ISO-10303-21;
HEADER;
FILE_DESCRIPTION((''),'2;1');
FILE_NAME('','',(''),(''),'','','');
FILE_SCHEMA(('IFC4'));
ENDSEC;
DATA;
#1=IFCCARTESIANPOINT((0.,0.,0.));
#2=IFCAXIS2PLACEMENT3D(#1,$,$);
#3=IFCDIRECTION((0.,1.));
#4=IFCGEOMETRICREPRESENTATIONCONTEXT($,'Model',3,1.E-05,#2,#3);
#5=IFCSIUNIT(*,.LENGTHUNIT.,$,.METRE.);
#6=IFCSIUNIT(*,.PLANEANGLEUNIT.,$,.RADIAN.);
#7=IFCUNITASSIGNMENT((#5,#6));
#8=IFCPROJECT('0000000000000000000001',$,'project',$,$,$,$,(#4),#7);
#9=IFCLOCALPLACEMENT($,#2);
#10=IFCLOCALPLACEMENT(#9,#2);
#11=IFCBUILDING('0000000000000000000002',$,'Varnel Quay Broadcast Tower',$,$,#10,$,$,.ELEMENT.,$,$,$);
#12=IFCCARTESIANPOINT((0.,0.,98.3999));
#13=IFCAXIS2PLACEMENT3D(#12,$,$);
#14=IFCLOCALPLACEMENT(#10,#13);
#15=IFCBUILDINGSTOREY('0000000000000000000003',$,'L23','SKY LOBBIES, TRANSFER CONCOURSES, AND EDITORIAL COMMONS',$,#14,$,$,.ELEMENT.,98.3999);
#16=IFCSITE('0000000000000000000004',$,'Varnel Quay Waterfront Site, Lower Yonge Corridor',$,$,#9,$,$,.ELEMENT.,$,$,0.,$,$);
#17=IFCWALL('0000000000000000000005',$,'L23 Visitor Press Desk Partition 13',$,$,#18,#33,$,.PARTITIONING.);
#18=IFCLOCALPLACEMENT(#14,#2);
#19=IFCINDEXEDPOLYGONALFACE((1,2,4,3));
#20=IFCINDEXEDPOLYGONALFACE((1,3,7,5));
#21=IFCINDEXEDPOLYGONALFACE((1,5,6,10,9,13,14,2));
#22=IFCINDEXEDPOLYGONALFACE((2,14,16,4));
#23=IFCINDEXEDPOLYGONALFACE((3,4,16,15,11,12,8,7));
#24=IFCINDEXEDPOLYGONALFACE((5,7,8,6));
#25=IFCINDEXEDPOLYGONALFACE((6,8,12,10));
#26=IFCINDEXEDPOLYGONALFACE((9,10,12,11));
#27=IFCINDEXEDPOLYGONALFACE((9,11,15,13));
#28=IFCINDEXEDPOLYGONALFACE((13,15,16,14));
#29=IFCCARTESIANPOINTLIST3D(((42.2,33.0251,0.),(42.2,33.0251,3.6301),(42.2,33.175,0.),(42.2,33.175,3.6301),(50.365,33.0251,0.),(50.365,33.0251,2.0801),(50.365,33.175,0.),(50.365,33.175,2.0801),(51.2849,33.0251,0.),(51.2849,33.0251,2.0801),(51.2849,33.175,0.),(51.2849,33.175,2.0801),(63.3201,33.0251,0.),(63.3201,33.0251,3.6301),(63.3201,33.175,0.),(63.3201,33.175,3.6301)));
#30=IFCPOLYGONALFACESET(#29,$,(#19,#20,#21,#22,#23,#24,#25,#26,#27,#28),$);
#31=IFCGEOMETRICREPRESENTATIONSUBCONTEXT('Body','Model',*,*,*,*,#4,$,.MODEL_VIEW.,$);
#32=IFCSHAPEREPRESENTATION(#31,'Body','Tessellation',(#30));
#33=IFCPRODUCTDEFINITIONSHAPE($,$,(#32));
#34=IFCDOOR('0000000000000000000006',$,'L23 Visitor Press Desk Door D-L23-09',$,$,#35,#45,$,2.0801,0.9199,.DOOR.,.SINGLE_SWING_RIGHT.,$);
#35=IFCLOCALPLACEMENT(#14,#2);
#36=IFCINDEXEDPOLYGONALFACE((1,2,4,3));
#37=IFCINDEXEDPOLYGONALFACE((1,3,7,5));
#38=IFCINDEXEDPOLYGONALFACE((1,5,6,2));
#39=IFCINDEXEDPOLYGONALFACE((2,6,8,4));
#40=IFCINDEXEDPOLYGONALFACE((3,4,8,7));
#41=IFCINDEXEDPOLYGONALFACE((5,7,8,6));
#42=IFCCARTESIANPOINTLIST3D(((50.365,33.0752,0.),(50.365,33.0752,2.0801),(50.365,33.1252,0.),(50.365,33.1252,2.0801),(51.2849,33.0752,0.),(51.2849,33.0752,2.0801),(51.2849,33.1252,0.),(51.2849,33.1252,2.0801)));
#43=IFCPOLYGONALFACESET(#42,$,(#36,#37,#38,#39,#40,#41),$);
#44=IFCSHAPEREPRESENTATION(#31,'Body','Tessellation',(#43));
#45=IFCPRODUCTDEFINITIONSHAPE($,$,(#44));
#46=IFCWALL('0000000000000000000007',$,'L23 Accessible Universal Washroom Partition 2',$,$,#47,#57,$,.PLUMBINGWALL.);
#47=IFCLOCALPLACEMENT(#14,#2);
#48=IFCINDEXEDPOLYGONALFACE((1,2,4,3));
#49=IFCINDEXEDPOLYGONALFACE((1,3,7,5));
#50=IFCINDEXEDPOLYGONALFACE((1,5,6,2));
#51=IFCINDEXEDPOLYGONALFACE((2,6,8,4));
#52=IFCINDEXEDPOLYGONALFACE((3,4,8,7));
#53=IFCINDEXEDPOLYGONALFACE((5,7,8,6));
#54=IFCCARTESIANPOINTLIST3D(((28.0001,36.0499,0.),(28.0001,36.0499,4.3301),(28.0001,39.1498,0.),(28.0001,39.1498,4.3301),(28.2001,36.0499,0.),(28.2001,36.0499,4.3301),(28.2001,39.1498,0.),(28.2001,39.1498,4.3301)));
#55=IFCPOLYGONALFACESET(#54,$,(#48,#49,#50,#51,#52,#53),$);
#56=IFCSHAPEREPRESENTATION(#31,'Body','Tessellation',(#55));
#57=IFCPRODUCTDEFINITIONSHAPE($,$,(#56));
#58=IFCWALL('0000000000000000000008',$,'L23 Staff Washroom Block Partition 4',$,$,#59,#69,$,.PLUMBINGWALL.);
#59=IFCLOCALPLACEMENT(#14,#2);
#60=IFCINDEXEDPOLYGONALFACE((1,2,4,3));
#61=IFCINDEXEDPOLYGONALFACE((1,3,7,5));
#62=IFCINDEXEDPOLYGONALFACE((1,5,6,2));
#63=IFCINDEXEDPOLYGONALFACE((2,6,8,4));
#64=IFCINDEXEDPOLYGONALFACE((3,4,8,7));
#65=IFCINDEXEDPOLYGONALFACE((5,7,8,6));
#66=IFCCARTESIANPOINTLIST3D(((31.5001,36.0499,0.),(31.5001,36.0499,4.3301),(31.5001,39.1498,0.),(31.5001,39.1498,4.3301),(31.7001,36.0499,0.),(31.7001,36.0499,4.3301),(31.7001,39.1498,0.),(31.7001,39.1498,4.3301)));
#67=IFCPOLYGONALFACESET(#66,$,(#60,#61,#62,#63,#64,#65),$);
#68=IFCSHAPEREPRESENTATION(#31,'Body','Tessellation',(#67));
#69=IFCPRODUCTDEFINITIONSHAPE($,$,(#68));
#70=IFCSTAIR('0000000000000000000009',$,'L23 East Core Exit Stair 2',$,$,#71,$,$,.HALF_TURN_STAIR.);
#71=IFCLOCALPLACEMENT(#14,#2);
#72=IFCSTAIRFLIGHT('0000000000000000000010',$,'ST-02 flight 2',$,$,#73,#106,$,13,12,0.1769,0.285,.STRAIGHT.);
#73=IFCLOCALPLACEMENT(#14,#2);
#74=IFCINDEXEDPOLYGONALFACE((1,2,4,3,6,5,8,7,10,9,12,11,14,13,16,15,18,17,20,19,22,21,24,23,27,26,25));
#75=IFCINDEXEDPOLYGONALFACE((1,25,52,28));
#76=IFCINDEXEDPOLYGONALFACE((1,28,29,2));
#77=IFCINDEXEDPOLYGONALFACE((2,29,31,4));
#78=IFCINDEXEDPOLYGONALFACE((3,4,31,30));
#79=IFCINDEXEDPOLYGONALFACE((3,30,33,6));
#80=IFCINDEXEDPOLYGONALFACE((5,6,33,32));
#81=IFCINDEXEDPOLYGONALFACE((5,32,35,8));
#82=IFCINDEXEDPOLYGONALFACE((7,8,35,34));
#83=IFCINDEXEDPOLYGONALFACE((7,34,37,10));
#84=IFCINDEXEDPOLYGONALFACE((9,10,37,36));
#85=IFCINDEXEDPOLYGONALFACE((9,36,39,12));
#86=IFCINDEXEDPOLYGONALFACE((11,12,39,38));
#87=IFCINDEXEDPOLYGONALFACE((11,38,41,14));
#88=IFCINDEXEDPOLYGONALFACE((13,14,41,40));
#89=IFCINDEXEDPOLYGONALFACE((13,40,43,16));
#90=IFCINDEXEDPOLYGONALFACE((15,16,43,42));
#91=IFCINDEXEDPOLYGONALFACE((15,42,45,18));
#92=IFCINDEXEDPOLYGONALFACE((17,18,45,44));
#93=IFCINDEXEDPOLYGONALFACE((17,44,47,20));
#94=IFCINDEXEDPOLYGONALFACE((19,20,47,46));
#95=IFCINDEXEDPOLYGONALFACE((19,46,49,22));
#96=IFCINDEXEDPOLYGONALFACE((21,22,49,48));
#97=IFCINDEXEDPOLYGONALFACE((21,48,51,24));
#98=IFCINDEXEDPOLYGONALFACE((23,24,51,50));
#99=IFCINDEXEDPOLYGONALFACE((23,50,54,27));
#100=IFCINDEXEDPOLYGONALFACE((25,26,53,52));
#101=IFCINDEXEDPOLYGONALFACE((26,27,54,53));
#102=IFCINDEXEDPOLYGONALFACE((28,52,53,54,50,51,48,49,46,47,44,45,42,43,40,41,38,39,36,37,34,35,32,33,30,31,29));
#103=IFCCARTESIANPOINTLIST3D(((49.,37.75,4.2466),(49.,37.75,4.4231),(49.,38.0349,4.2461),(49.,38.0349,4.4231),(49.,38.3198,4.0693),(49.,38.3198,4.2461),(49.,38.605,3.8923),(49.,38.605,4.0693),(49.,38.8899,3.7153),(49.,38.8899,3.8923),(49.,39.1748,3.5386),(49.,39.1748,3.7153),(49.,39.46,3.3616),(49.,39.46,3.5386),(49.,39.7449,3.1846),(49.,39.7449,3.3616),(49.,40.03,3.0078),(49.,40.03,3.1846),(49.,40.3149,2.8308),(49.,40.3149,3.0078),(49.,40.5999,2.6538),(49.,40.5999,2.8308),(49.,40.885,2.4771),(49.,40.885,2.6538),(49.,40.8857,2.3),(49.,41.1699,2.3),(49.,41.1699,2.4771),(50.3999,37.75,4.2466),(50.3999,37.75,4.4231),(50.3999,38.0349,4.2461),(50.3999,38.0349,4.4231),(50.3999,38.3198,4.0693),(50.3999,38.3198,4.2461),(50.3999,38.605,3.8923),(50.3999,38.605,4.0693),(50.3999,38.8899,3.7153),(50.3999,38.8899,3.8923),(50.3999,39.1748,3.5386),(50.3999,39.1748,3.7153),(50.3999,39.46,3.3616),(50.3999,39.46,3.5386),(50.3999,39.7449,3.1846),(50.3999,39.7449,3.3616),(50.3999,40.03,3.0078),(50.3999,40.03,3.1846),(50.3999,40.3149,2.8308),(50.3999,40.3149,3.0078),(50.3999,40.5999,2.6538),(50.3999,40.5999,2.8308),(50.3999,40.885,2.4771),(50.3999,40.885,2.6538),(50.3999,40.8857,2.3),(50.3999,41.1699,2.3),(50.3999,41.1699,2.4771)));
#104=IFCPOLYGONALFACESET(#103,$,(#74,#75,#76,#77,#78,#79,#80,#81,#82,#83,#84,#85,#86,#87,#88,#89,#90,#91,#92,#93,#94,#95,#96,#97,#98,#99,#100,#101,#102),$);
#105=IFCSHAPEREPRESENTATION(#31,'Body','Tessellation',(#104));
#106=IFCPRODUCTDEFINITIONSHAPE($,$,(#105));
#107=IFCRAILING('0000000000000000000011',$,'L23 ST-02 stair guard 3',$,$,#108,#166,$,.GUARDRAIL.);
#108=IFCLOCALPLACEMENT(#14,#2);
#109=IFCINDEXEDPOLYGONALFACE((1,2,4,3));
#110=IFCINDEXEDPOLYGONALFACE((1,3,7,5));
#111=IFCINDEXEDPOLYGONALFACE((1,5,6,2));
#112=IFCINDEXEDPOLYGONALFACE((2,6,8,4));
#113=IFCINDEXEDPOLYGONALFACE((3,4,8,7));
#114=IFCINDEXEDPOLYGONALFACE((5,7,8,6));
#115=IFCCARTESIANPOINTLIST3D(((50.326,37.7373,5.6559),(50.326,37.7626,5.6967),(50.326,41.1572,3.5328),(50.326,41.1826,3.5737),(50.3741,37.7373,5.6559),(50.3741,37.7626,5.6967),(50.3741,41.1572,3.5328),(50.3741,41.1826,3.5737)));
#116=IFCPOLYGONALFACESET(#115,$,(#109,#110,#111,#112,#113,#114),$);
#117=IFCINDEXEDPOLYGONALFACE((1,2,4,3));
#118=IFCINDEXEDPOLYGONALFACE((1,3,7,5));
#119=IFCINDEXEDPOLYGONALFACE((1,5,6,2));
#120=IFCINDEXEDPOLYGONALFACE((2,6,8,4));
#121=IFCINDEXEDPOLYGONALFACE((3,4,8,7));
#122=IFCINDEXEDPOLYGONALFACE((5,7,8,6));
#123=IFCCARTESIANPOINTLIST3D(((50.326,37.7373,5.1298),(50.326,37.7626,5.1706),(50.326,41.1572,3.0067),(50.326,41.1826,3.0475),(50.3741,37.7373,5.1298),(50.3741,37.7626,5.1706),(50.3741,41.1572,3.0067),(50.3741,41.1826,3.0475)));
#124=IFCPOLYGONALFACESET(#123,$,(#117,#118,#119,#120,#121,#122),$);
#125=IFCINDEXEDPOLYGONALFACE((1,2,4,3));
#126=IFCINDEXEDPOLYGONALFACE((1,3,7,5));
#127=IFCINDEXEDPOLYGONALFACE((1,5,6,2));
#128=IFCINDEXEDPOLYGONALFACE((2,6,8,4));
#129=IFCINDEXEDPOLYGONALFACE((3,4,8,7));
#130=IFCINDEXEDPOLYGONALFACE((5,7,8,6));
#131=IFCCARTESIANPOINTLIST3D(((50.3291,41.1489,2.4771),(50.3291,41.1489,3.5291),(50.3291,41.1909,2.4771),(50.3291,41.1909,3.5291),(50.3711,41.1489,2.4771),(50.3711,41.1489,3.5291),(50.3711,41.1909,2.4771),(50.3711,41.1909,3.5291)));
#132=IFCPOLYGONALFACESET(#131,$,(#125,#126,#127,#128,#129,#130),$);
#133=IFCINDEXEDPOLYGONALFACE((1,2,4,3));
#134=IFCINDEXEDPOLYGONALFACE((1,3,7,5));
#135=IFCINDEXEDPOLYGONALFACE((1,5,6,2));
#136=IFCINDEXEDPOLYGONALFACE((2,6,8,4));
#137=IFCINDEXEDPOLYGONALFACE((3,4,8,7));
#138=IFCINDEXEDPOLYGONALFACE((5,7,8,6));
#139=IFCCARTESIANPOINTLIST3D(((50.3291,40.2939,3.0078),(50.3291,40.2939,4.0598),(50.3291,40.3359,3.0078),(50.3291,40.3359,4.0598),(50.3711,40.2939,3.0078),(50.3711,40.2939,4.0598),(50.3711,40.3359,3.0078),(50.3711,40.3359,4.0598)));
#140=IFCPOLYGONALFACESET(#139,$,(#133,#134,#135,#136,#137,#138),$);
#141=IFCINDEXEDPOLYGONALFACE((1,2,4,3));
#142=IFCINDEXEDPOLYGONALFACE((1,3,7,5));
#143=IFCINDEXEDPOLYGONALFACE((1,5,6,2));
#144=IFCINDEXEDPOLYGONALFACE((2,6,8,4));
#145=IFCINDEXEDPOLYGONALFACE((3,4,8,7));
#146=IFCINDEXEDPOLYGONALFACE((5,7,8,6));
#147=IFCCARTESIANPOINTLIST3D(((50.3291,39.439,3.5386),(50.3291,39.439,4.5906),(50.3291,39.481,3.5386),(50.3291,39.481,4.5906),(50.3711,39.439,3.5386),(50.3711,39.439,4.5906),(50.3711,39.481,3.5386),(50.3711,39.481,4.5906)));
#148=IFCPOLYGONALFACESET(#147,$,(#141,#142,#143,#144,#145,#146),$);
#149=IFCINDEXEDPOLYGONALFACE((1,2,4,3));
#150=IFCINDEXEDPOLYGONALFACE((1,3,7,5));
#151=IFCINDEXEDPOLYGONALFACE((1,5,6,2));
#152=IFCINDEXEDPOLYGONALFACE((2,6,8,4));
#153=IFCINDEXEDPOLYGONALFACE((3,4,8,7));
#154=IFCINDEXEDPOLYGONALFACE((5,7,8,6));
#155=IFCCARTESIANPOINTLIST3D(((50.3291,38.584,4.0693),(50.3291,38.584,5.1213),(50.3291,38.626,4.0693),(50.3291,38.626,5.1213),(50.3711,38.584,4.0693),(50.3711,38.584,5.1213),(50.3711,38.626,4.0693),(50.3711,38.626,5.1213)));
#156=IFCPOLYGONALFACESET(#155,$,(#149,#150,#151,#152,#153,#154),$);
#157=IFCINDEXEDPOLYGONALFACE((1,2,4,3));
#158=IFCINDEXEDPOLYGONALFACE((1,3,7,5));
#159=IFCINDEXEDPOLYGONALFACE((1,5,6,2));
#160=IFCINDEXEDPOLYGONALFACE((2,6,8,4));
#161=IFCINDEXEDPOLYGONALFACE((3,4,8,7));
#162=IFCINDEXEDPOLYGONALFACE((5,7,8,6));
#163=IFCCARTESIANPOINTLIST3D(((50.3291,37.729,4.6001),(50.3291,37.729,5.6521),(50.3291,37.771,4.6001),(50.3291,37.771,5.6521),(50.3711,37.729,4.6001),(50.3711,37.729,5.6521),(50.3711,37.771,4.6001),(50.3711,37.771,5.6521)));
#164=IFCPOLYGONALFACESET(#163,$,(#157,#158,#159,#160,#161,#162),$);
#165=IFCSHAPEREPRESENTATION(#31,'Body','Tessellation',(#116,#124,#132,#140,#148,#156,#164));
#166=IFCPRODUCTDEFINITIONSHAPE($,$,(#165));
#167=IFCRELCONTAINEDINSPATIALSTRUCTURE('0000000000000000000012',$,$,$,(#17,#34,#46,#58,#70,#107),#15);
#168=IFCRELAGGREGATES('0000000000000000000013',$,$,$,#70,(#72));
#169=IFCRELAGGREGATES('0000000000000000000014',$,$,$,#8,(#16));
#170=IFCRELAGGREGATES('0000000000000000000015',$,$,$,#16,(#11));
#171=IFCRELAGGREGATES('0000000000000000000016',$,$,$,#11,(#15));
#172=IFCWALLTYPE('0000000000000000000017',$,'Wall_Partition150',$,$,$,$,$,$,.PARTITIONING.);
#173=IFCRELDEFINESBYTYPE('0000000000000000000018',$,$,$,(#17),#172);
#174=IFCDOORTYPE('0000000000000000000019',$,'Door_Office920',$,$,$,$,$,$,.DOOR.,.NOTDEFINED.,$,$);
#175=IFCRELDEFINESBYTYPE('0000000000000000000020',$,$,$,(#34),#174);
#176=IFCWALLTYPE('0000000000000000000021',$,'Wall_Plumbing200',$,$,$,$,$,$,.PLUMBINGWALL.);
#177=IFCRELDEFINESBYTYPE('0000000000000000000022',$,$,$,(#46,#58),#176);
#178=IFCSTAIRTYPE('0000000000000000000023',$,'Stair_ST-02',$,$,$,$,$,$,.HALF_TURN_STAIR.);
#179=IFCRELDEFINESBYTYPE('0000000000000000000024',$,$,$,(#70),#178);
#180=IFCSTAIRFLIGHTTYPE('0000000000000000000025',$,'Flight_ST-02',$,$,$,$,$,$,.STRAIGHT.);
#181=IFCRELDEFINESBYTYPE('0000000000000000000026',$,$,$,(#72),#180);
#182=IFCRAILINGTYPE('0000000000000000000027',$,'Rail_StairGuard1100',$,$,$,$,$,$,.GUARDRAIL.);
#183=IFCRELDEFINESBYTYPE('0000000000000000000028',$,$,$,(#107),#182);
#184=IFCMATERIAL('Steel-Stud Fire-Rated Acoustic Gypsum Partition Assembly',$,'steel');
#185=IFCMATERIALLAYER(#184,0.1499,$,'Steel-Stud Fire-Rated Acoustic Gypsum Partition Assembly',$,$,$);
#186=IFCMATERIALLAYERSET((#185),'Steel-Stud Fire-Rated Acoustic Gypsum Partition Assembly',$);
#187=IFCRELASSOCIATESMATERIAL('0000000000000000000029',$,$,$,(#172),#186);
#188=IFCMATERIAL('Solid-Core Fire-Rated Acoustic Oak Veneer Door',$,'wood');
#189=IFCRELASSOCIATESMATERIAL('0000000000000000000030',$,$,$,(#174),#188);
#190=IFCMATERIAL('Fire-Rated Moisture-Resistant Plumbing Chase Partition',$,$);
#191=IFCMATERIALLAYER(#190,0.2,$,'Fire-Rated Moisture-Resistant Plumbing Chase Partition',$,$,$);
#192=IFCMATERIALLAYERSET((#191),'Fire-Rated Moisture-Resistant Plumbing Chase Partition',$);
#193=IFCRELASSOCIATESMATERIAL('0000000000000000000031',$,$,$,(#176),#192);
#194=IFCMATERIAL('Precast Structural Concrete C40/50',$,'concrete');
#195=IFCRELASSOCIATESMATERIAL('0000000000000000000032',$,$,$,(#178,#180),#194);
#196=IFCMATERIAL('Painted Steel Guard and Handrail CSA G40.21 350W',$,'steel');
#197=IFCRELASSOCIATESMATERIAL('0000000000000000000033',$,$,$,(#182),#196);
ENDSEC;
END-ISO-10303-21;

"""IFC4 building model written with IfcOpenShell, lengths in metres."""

from ifc_helpers import new_model, si_unit, direction, frame, frame_2d, origin, origin_2d, place, context, subcontext, project, spatial, polyline, rectangle, outline, extrude, source, transform, mapped, material, layer, layer_set, type_object, type_shapes, element, fill, aggregate, save


model = new_model("IFC4")

# Units and contexts
model_context = context("Model", 3, precision=1e-05, world=origin(), true_north=direction((0.0, 1.0)))
body_context = subcontext(model_context, "Body", "Model", "MODEL_VIEW")
ifc_project = project(units=[si_unit("LENGTHUNIT", "METRE"), si_unit("PLANEANGLEUNIT", "RADIAN")], contexts=[model_context])

# Site, building, storey
site_placement = place(None, origin())
site = spatial("IfcSite", under=ifc_project, at=site_placement, Name="Varnel Quay Waterfront Site, Lower Yonge Corridor", CompositionType="ELEMENT", RefElevation=0.0)
building_placement = place(site_placement, origin())
building = spatial("IfcBuilding", under=site, at=building_placement, Name="Varnel Quay Broadcast Tower", CompositionType="ELEMENT")
storey_placement = place(building_placement, frame((0.0, 0.0, 98.3999)))
storey = spatial("IfcBuildingStorey", under=building, at=storey_placement, Name="L23", Description="SKY LOBBIES, TRANSFER CONCOURSES, AND EDITORIAL COMMONS", CompositionType="ELEMENT", Elevation=98.3999)

# Wall, opening, door
ifc_material_1 = material(Name="Steel-Stud Fire-Rated Acoustic Gypsum Partition Assembly", Category="steel")
ifc_layer_1 = layer(ifc_material_1, 0.1499, Name="Steel-Stud Fire-Rated Acoustic Gypsum Partition Assembly")
ifc_layer_set_1 = layer_set([ifc_layer_1], Name="Steel-Stud Fire-Rated Acoustic Gypsum Partition Assembly")
wall_type_1 = type_object("IfcWallType", Name="Wall_Partition150", PredefinedType="PARTITIONING", material=ifc_layer_set_1)
wall_1_placement = place(storey_placement, frame((42.2, 33.1001, 0.0), z_axis=(0.0, 0.0, 1.0), x_axis=(1.0, 0.0, 0.0)))
wall_1 = element("IfcWall", 1, at=wall_1_placement, inside=storey, type_object=wall_type_1, Name="L23 Visitor Press Desk Partition 13", PredefinedType="PARTITIONING", context=body_context, shape_type="SweptSolid", body=[
    extrude(rectangle(XDim=21.1201, YDim=0.1499, at=frame_2d((10.5601, 0.0))), origin(), (0.0, 0.0, 1.0), 3.6301),
])
opening_1_placement = place(wall_1_placement, frame((8.165, 0.0, 0.0)))
opening_1 = element("IfcOpeningElement", 2, at=opening_1_placement, cuts=wall_1, PredefinedType="OPENING", context=body_context, shape_type="SweptSolid", body=[
    extrude(rectangle(XDim=0.9199, YDim=2.0801, at=frame_2d((0.46, 1.04))), frame((0.0, 0.085, 0.0), z_axis=(0.0, -1.0, 0.0), x_axis=(1.0, 0.0, 0.0)), (0.0, 0.0, 1.0), 0.1699),
])
ifc_material_2 = material(Name="Solid-Core Fire-Rated Acoustic Oak Veneer Door", Category="wood")
door_type_1 = type_object("IfcDoorType", Name="Door_Office920", OperationType="NOTDEFINED", PredefinedType="DOOR", material=ifc_material_2)
shared_shape_1 = source(origin(), body_context, "Body", "SweptSolid", [
    extrude(rectangle(XDim=0.9199, YDim=2.0801, at=frame_2d((0.46, 1.04))), frame((0.0, 0.0249, 0.0), z_axis=(0.0, -1.0, 0.0), x_axis=(1.0, 0.0, 0.0)), (0.0, 0.0, 1.0), 0.05),
])
type_shapes(door_type_1, [shared_shape_1])
door_1_placement = place(opening_1_placement, frame((0.9199, 0.0, 0.0), z_axis=(0.0, 0.0, 1.0), x_axis=(-1.0, 0.0, 0.0)))
door_1 = element("IfcDoor", 3, at=door_1_placement, inside=storey, type_object=door_type_1, Name="L23 Visitor Press Desk Door D-L23-09", OperationType="SINGLE_SWING_RIGHT", OverallHeight=2.0801, OverallWidth=0.9199, PredefinedType="DOOR", context=body_context, shape_type="MappedRepresentation", body=[
    mapped(shared_shape_1, transform((0.0, 0.0, 0.0), x_axis=(1.0, 0.0, 0.0), y_axis=(0.0, 1.0, 0.0), z_axis=(0.0, 0.0, 1.0), scale=1.0)),
])
fill(opening_1, door_1)

# Walls
ifc_material_3 = material(Name="Fire-Rated Moisture-Resistant Plumbing Chase Partition")
ifc_layer_2 = layer(ifc_material_3, 0.2, Name="Fire-Rated Moisture-Resistant Plumbing Chase Partition")
ifc_layer_set_2 = layer_set([ifc_layer_2], Name="Fire-Rated Moisture-Resistant Plumbing Chase Partition")
wall_type_2 = type_object("IfcWallType", Name="Wall_Plumbing200", PredefinedType="PLUMBINGWALL", material=ifc_layer_set_2)
for number, where, z_axis, x_axis, name in (
    (4, (28.1001, 36.05, 0.0), (0.0, 0.0, 1.0), (0.0, 1.0, 0.0), "L23 Accessible Universal Washroom Partition 2"),
    (5, (31.6001, 36.05, 0.0), (0.0, 0.0, 1.0), (0.0, 1.0, 0.0), "L23 Staff Washroom Block Partition 4"),
):
    element("IfcWall", number, at=place(storey_placement, frame(where, z_axis=z_axis, x_axis=x_axis)), inside=storey, type_object=wall_type_2, Name=name, PredefinedType="PLUMBINGWALL", context=body_context, shape_type="SweptSolid", body=[
        extrude(rectangle(XDim=3.0999, YDim=0.2, at=frame_2d((1.5498, 0.0))), origin(), (0.0, 0.0, 1.0), 4.3301),
    ])

# Stair, stair flight
ifc_material_4 = material(Name="Precast Structural Concrete C40/50", Category="concrete")
stair_type = type_object("IfcStairType", Name="Stair_ST-02", PredefinedType="HALF_TURN_STAIR", material=ifc_material_4)
stair_placement = place(storey_placement, origin())
stair = element("IfcStair", 6, at=stair_placement, inside=storey, type_object=stair_type, Name="L23 East Core Exit Stair 2", PredefinedType="HALF_TURN_STAIR")
stair_flight_type = type_object("IfcStairFlightType", Name="Flight_ST-02", PredefinedType="STRAIGHT", material=ifc_material_4)
stair_flight_placement = place(storey_placement, frame((49.7, 41.1699, 2.3), z_axis=(0.0, 0.0, 1.0), x_axis=(0.0, -1.0, 0.0)))
stair_flight = element("IfcStairFlight", 7, at=stair_flight_placement, type_object=stair_flight_type, Name="ST-02 flight 2", NumberOfRisers=13, NumberOfTreads=12, PredefinedType="STRAIGHT", RiserHeight=0.1769, TreadLength=0.285, context=body_context, shape_type="SweptSolid", body=[
    extrude(outline(polyline([(0.0, 0.0), (0.0, 0.177), (0.2849, 0.177), (0.2849, 0.3538), (0.5701, 0.3538), (0.5701, 0.5308), (0.855, 0.5308), (0.855, 0.7078), (1.1399, 0.7078), (1.1399, 0.8845), (1.425, 0.8845), (1.425, 1.0615), (1.71, 1.0615), (1.71, 1.2385), (1.9951, 1.2385), (1.9951, 1.4153), (2.28, 1.4153), (2.28, 1.5923), (2.5649, 1.5923), (2.5649, 1.7693), (2.8501, 1.7693), (2.8501, 1.946), (3.135, 1.946), (3.135, 2.123), (3.4199, 2.123), (3.4199, 2.3), (3.4199, 1.9465), (0.2842, 0.0), (0.0, 0.0)])), frame((0.0, 0.7, 0.0), z_axis=(0.0, -1.0, 0.0), x_axis=(1.0, 0.0, 0.0)), (0.0, 0.0, 1.0), 1.3999),
])
aggregate(stair, [stair_flight])

# Railing
ifc_material_5 = material(Name="Painted Steel Guard and Handrail CSA G40.21 350W", Category="steel")
railing_type_1 = type_object("IfcRailingType", Name="Rail_StairGuard1100", PredefinedType="GUARDRAIL", material=ifc_material_5)
railing_1_placement = place(storey_placement, frame((50.3501, 41.1699, 2.4771)))
element("IfcRailing", 8, at=railing_1_placement, inside=storey, type_object=railing_type_1, Name="L23 ST-02 stair guard 3", PredefinedType="GUARDRAIL", context=body_context, shape_type="SweptSolid", body=[
    extrude(rectangle(XDim=0.0481, YDim=0.0481, at=origin_2d()), frame((0.0, 0.0, 1.0762), z_axis=(0.0, -0.849603, 0.527423), x_axis=(1.0, 0.0, 0.0)), (0.0, 0.0, 1.0), 4.0254),
    extrude(rectangle(XDim=0.0481, YDim=0.0481, at=origin_2d()), frame((0.0, 0.0, 0.55), z_axis=(0.0, -0.849603, 0.527423), x_axis=(1.0, 0.0, 0.0)), (0.0, 0.0, 1.0), 4.0254),
    extrude(rectangle(XDim=0.042, YDim=0.042, at=origin_2d()), origin(), (0.0, 0.0, 1.0), 1.052),
    extrude(rectangle(XDim=0.042, YDim=0.042, at=origin_2d()), frame((0.0, -0.855, 0.5308)), (0.0, 0.0, 1.0), 1.052),
    extrude(rectangle(XDim=0.042, YDim=0.042, at=origin_2d()), frame((0.0, -1.71, 1.0615)), (0.0, 0.0, 1.0), 1.052),
    extrude(rectangle(XDim=0.042, YDim=0.042, at=origin_2d()), frame((0.0, -2.5649, 1.5923)), (0.0, 0.0, 1.0), 1.052),
    extrude(rectangle(XDim=0.042, YDim=0.042, at=origin_2d()), frame((0.0, -3.4199, 2.123)), (0.0, 0.0, 1.0), 1.052),
])

save(model, "model.ifc")
